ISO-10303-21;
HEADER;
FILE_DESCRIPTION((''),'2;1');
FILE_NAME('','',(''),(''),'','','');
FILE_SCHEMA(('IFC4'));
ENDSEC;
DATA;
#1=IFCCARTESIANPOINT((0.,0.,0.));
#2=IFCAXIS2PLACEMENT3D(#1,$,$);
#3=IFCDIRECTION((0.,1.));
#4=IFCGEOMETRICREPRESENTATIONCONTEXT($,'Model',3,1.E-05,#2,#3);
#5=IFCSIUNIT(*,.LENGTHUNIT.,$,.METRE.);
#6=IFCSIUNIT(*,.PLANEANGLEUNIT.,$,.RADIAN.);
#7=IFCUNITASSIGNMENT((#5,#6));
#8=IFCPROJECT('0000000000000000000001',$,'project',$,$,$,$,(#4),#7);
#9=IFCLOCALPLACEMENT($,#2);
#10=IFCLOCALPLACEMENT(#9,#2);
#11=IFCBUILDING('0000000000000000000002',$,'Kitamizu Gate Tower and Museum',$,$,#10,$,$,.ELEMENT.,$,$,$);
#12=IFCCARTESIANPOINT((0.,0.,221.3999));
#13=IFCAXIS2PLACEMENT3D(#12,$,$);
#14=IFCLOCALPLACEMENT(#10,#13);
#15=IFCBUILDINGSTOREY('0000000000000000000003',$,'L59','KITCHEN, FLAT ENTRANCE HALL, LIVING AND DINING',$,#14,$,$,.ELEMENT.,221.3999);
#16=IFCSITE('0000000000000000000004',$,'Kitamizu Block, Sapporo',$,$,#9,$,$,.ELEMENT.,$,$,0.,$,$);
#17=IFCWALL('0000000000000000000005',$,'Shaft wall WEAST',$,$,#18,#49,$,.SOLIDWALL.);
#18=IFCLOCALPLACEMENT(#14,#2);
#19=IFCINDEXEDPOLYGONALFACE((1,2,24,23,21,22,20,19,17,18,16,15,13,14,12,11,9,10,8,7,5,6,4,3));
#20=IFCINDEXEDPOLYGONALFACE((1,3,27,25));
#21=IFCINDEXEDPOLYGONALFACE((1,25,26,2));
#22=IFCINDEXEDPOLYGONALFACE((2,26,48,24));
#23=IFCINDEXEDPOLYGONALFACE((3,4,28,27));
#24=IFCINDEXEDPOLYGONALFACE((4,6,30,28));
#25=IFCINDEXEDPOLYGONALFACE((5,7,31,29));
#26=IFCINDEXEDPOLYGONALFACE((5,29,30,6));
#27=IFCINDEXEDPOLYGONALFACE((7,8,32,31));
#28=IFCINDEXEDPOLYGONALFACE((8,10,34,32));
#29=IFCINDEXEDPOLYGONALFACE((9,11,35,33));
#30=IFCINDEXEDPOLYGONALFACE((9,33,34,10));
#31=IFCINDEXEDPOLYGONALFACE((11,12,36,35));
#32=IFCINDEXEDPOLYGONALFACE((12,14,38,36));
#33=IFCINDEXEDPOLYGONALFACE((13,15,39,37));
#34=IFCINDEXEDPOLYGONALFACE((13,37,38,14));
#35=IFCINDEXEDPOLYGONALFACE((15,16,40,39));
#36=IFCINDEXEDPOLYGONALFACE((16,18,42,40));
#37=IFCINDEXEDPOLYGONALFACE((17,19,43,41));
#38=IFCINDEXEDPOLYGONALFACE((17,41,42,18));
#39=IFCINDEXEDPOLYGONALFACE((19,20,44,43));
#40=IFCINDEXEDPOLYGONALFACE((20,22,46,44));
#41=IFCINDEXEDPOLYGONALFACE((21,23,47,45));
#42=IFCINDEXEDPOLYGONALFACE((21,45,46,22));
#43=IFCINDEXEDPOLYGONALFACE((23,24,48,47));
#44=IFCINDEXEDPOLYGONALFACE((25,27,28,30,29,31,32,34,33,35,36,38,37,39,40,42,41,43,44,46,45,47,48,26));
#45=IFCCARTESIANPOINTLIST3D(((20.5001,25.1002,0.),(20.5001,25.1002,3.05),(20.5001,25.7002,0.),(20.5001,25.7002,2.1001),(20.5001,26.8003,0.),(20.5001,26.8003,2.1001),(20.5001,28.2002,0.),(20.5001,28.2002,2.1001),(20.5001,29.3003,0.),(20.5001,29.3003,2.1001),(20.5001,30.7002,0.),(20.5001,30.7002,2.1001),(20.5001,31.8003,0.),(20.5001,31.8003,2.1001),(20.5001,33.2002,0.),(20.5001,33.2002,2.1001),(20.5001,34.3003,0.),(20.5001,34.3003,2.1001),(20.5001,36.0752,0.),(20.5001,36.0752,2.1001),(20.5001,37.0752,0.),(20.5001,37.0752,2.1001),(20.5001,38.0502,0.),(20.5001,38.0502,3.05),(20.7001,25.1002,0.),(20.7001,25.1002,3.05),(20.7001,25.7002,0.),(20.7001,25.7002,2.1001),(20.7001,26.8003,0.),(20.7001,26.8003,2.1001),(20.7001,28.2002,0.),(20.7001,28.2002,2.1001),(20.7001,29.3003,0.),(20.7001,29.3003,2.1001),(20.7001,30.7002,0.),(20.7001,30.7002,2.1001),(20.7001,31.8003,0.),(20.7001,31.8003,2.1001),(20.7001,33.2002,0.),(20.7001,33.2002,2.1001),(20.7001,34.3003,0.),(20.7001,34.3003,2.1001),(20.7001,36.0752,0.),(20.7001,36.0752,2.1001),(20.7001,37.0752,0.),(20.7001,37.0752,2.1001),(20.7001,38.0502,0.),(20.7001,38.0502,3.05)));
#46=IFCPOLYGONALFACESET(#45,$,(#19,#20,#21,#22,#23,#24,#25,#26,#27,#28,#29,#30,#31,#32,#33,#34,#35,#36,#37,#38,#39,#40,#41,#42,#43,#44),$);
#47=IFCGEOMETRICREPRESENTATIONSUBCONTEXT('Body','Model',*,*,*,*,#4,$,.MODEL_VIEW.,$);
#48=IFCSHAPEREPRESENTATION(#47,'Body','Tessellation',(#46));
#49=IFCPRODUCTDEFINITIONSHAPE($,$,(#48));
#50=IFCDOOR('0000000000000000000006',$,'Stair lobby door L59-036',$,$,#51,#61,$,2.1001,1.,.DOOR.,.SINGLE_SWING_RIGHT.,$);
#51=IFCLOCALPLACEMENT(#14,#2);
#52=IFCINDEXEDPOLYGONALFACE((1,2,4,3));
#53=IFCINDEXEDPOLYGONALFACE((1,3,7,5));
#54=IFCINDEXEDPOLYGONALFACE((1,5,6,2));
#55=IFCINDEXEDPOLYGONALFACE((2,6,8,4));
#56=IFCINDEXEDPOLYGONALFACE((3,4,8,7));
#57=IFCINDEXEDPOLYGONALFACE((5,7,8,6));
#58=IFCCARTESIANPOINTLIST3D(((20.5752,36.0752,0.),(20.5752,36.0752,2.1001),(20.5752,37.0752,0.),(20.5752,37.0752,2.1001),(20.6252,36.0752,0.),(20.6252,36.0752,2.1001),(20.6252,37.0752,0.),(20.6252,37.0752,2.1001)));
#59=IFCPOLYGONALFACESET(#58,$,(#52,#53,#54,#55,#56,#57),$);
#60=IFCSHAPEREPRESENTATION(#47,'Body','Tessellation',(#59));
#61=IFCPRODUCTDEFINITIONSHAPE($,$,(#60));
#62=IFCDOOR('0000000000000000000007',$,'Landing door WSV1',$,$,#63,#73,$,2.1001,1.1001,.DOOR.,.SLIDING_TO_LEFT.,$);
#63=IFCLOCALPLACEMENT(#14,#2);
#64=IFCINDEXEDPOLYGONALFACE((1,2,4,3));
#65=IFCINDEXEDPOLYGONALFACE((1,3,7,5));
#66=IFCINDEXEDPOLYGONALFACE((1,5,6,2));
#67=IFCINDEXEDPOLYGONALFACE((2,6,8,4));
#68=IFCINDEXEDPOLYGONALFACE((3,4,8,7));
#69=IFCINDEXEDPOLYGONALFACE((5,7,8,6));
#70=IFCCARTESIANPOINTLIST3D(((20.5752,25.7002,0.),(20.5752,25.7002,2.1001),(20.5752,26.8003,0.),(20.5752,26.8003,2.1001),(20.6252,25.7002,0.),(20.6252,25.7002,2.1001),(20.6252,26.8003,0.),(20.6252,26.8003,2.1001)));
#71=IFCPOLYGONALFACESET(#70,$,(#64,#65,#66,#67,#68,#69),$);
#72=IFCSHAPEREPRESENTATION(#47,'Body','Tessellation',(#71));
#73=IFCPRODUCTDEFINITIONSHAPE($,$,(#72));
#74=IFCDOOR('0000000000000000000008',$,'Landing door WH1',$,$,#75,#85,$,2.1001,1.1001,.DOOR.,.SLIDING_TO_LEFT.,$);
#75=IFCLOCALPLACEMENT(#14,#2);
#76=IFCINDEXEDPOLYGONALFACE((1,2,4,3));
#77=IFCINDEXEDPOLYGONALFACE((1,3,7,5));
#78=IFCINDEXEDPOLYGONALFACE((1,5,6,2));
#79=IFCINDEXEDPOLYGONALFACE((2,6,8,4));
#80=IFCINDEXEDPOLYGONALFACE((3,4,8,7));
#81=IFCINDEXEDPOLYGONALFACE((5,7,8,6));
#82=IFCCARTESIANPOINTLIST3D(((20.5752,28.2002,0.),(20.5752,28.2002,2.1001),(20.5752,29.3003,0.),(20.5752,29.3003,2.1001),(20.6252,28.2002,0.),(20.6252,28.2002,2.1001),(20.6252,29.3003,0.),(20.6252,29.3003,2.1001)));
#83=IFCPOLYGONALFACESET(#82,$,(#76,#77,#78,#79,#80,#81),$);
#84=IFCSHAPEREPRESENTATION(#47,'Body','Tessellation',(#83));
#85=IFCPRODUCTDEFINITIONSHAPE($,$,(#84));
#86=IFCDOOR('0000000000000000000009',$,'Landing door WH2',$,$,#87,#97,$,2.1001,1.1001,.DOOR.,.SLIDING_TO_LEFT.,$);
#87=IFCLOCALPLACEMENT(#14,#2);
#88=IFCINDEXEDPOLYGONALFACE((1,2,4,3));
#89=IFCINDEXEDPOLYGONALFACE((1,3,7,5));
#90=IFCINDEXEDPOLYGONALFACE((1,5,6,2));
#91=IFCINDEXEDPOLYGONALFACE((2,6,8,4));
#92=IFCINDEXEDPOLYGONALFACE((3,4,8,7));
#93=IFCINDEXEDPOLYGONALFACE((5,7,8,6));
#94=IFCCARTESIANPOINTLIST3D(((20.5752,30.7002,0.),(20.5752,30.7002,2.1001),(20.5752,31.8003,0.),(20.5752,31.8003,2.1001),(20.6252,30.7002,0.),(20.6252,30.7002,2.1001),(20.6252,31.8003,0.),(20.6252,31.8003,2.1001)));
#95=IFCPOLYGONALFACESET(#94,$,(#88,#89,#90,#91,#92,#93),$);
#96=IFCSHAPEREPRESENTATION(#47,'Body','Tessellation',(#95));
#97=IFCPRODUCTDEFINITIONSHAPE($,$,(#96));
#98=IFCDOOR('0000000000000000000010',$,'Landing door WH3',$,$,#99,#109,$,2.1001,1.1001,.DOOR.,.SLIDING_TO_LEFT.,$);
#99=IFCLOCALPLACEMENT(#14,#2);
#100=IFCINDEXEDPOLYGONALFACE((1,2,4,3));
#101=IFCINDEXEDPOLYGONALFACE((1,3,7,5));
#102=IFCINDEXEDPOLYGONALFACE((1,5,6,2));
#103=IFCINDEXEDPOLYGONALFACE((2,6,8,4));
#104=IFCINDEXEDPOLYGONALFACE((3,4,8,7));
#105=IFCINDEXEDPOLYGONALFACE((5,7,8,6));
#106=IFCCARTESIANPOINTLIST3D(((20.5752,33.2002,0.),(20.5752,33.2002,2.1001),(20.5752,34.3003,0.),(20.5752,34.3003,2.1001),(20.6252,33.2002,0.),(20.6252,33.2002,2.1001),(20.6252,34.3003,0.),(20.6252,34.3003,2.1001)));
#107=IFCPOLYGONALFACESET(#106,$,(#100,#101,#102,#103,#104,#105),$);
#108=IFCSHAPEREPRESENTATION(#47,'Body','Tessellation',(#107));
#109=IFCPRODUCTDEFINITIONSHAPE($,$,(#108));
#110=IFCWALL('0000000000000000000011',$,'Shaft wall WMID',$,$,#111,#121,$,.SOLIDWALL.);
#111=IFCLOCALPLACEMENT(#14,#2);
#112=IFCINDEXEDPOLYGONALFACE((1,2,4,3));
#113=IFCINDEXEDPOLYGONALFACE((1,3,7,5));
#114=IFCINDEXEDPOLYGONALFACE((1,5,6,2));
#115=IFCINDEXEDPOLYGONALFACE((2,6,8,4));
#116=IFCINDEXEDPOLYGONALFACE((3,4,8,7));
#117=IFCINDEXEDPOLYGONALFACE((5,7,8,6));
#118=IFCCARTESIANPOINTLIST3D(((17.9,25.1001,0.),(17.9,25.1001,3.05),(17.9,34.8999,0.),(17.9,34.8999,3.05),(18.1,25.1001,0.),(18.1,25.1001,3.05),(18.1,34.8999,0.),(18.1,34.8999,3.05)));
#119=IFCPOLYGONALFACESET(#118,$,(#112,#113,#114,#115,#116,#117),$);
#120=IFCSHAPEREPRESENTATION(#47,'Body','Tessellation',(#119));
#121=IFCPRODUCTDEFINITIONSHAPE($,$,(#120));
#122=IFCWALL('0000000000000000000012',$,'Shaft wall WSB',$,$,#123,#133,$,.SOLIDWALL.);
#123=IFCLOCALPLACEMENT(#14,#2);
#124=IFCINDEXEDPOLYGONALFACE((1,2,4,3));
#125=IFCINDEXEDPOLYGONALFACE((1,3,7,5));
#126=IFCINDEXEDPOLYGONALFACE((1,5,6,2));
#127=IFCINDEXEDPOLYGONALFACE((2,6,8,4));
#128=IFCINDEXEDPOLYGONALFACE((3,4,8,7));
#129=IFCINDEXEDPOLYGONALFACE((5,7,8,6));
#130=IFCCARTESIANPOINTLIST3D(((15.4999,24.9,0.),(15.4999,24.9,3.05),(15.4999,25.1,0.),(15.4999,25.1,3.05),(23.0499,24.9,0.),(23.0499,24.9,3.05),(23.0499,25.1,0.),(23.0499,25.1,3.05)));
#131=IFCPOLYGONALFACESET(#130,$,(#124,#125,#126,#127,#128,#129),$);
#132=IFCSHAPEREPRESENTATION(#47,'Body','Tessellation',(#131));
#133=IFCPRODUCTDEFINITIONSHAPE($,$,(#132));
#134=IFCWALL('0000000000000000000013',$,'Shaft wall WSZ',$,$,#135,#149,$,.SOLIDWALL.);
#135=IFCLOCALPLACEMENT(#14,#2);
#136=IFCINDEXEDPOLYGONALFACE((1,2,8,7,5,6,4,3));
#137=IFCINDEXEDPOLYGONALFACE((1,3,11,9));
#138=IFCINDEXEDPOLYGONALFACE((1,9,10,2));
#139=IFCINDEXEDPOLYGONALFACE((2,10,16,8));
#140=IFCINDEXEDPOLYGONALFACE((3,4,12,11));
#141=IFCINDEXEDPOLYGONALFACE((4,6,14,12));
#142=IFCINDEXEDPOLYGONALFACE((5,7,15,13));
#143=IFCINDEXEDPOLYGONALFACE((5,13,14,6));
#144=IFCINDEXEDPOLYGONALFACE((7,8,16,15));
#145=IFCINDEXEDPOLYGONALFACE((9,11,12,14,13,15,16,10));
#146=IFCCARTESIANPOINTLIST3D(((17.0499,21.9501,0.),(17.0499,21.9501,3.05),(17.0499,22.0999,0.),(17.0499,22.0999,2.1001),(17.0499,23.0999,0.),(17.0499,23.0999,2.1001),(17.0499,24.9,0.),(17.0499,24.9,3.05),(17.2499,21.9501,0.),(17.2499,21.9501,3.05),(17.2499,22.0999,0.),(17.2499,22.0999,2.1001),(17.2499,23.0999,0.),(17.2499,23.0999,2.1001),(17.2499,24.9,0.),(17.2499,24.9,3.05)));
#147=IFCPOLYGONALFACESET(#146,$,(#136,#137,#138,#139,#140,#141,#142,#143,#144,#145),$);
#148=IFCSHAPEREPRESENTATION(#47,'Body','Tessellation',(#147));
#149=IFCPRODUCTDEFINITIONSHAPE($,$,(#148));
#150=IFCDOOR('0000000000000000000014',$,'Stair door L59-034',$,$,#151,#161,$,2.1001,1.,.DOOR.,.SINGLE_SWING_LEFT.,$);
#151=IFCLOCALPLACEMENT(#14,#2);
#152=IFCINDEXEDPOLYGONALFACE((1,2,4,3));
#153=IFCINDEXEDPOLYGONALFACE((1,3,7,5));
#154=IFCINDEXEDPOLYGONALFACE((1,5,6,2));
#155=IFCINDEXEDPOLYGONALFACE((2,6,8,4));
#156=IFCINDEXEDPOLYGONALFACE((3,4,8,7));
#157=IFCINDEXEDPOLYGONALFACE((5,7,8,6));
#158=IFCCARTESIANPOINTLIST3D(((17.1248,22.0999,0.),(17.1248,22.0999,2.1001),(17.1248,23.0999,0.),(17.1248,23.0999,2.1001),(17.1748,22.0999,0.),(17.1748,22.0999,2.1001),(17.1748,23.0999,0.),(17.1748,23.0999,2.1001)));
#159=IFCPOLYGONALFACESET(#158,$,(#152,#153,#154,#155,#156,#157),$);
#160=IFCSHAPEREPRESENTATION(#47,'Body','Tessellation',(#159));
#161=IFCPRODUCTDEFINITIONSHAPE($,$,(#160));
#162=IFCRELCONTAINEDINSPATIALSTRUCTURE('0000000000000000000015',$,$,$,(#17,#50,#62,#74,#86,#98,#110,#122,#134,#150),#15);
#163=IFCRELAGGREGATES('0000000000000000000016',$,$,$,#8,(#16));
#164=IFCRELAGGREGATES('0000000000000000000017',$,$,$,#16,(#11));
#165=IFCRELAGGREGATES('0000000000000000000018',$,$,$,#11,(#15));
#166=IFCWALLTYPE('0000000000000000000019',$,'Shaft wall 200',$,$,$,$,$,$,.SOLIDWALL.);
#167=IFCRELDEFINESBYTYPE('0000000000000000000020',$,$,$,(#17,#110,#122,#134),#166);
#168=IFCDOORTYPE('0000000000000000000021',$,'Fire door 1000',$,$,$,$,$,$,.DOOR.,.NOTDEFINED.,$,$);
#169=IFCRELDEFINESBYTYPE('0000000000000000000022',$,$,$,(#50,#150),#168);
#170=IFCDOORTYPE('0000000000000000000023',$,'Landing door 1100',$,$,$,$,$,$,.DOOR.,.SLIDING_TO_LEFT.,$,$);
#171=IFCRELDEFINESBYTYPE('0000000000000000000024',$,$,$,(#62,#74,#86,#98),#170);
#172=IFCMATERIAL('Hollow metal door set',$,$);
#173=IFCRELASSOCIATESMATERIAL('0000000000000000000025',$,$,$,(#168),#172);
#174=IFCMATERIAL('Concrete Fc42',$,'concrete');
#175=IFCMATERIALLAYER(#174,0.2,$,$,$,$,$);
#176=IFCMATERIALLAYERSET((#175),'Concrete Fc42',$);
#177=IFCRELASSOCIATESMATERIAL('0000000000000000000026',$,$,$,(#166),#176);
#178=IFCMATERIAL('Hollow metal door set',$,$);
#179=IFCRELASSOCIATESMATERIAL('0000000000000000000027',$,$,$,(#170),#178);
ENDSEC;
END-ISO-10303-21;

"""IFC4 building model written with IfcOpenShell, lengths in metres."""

from ifc_helpers import new_model, si_unit, direction, frame, frame_2d, origin, place, context, subcontext, project, spatial, rectangle, extrude, material, layer, layer_set, type_object, element, fill, save


model = new_model("IFC4")

# Units and contexts
model_context = context("Model", 3, precision=1e-05, world=origin(), true_north=direction((0.0, 1.0)))
body_context = subcontext(model_context, "Body", "Model", "MODEL_VIEW")
ifc_project = project(units=[si_unit("LENGTHUNIT", "METRE"), si_unit("PLANEANGLEUNIT", "RADIAN")], contexts=[model_context])

# Site, building, storey
site_placement = place(None, origin())
site = spatial("IfcSite", under=ifc_project, at=site_placement, Name="Kitamizu Block, Sapporo", CompositionType="ELEMENT", RefElevation=0.0)
building_placement = place(site_placement, origin())
building = spatial("IfcBuilding", under=site, at=building_placement, Name="Kitamizu Gate Tower and Museum", CompositionType="ELEMENT")
storey_placement = place(building_placement, frame((0.0, 0.0, 221.3999)))
storey = spatial("IfcBuildingStorey", under=building, at=storey_placement, Name="L59", Description="KITCHEN, FLAT ENTRANCE HALL, LIVING AND DINING", CompositionType="ELEMENT", Elevation=221.3999)

# Shared definitions
ifc_material_1 = material(Name="Hollow metal door set")
door_type_1 = type_object("IfcDoorType", Name="Fire door 1000", OperationType="NOTDEFINED", PredefinedType="DOOR", material=ifc_material_1)

# Wall, openings, doors
ifc_material_2 = material(Name="Concrete Fc42", Category="concrete")
ifc_layer_1 = layer(ifc_material_2, 0.2)
ifc_layer_set_1 = layer_set([ifc_layer_1], Name="Concrete Fc42")
wall_type_1 = type_object("IfcWallType", Name="Shaft wall 200", PredefinedType="SOLIDWALL", material=ifc_layer_set_1)
ifc_material_3 = material(Name="Hollow metal door set")
door_type_2 = type_object("IfcDoorType", Name="Landing door 1100", OperationType="SLIDING_TO_LEFT", PredefinedType="DOOR", material=ifc_material_3)
wall_1_placement = place(storey_placement, frame((20.6001, 25.1001, 0.0), z_axis=(0.0, 0.0, 1.0), x_axis=(0.0, 1.0, 0.0)))
wall_1 = element("IfcWall", 1, at=wall_1_placement, inside=storey, type_object=wall_type_1, Name="Shaft wall WEAST", PredefinedType="SOLIDWALL", context=body_context, shape_type="SweptSolid", body=[
    extrude(rectangle(XDim=12.95, YDim=0.2, at=frame_2d((6.4751, 0.0))), origin(), (0.0, 0.0, 1.0), 3.05),
])
opening_1_placement = place(wall_1_placement, frame((0.6001, 0.0, 0.0)))
opening_1 = element("IfcOpeningElement", 2, at=opening_1_placement, cuts=wall_1, PredefinedType="OPENING", context=body_context, shape_type="SweptSolid", body=[
    extrude(rectangle(XDim=1.1001, YDim=2.1001, at=frame_2d((0.55, 1.05))), frame((0.0, 0.1099, 0.0), z_axis=(0.0, -1.0, 0.0), x_axis=(1.0, 0.0, 0.0)), (0.0, 0.0, 1.0), 0.22),
])
opening_2_placement = place(wall_1_placement, frame((3.1001, 0.0, 0.0)))
opening_2 = element("IfcOpeningElement", 3, at=opening_2_placement, cuts=wall_1, PredefinedType="OPENING", context=body_context, shape_type="SweptSolid", body=[
    extrude(rectangle(XDim=1.1001, YDim=2.1001, at=frame_2d((0.55, 1.05))), frame((0.0, 0.1099, 0.0), z_axis=(0.0, -1.0, 0.0), x_axis=(1.0, 0.0, 0.0)), (0.0, 0.0, 1.0), 0.22),
])
opening_3_placement = place(wall_1_placement, frame((5.6001, 0.0, 0.0)))
opening_3 = element("IfcOpeningElement", 4, at=opening_3_placement, cuts=wall_1, PredefinedType="OPENING", context=body_context, shape_type="SweptSolid", body=[
    extrude(rectangle(XDim=1.1001, YDim=2.1001, at=frame_2d((0.55, 1.05))), frame((0.0, 0.1099, 0.0), z_axis=(0.0, -1.0, 0.0), x_axis=(1.0, 0.0, 0.0)), (0.0, 0.0, 1.0), 0.22),
])
opening_4_placement = place(wall_1_placement, frame((8.1001, 0.0, 0.0)))
opening_4 = element("IfcOpeningElement", 5, at=opening_4_placement, cuts=wall_1, PredefinedType="OPENING", context=body_context, shape_type="SweptSolid", body=[
    extrude(rectangle(XDim=1.1001, YDim=2.1001, at=frame_2d((0.55, 1.05))), frame((0.0, 0.1099, 0.0), z_axis=(0.0, -1.0, 0.0), x_axis=(1.0, 0.0, 0.0)), (0.0, 0.0, 1.0), 0.22),
])
opening_5_placement = place(wall_1_placement, frame((10.9751, 0.0, 0.0)))
opening_5 = element("IfcOpeningElement", 6, at=opening_5_placement, cuts=wall_1, PredefinedType="OPENING", context=body_context, shape_type="SweptSolid", body=[
    extrude(rectangle(XDim=1.0, YDim=2.1001, at=frame_2d((0.5, 1.05))), frame((0.0, 0.1099, 0.0), z_axis=(0.0, -1.0, 0.0), x_axis=(1.0, 0.0, 0.0)), (0.0, 0.0, 1.0), 0.22),
])
door_1_placement = place(opening_5_placement, origin())
door_1 = element("IfcDoor", 7, at=door_1_placement, inside=storey, type_object=door_type_1, Name="Stair lobby door L59-036", OperationType="SINGLE_SWING_RIGHT", OverallHeight=2.1001, OverallWidth=1.0, PredefinedType="DOOR", context=body_context, shape_type="SweptSolid", body=[
    extrude(rectangle(XDim=1.0, YDim=2.1001, at=frame_2d((0.5, 1.05))), frame((0.0, 0.0249, 0.0), z_axis=(0.0, -1.0, 0.0), x_axis=(1.0, 0.0, 0.0)), (0.0, 0.0, 1.0), 0.05),
])
fill(opening_5, door_1)
door_2_placement = place(opening_1_placement, origin())
door_2 = element("IfcDoor", 8, at=door_2_placement, inside=storey, type_object=door_type_2, Name="Landing door WSV1", OperationType="SLIDING_TO_LEFT", OverallHeight=2.1001, OverallWidth=1.1001, PredefinedType="DOOR", context=body_context, shape_type="SweptSolid", body=[
    extrude(rectangle(XDim=1.1001, YDim=2.1001, at=frame_2d((0.55, 1.05))), frame((0.0, 0.0249, 0.0), z_axis=(0.0, -1.0, 0.0), x_axis=(1.0, 0.0, 0.0)), (0.0, 0.0, 1.0), 0.05),
])
fill(opening_1, door_2)
door_3_placement = place(opening_2_placement, origin())
door_3 = element("IfcDoor", 9, at=door_3_placement, inside=storey, type_object=door_type_2, Name="Landing door WH1", OperationType="SLIDING_TO_LEFT", OverallHeight=2.1001, OverallWidth=1.1001, PredefinedType="DOOR", context=body_context, shape_type="SweptSolid", body=[
    extrude(rectangle(XDim=1.1001, YDim=2.1001, at=frame_2d((0.55, 1.05))), frame((0.0, 0.0249, 0.0), z_axis=(0.0, -1.0, 0.0), x_axis=(1.0, 0.0, 0.0)), (0.0, 0.0, 1.0), 0.05),
])
fill(opening_2, door_3)
door_4_placement = place(opening_3_placement, origin())
door_4 = element("IfcDoor", 10, at=door_4_placement, inside=storey, type_object=door_type_2, Name="Landing door WH2", OperationType="SLIDING_TO_LEFT", OverallHeight=2.1001, OverallWidth=1.1001, PredefinedType="DOOR", context=body_context, shape_type="SweptSolid", body=[
    extrude(rectangle(XDim=1.1001, YDim=2.1001, at=frame_2d((0.55, 1.05))), frame((0.0, 0.0249, 0.0), z_axis=(0.0, -1.0, 0.0), x_axis=(1.0, 0.0, 0.0)), (0.0, 0.0, 1.0), 0.05),
])
fill(opening_3, door_4)
door_5_placement = place(opening_4_placement, origin())
door_5 = element("IfcDoor", 11, at=door_5_placement, inside=storey, type_object=door_type_2, Name="Landing door WH3", OperationType="SLIDING_TO_LEFT", OverallHeight=2.1001, OverallWidth=1.1001, PredefinedType="DOOR", context=body_context, shape_type="SweptSolid", body=[
    extrude(rectangle(XDim=1.1001, YDim=2.1001, at=frame_2d((0.55, 1.05))), frame((0.0, 0.0249, 0.0), z_axis=(0.0, -1.0, 0.0), x_axis=(1.0, 0.0, 0.0)), (0.0, 0.0, 1.0), 0.05),
])
fill(opening_4, door_5)

# Walls
wall_2_placement = place(storey_placement, frame((18.0, 25.1001, 0.0), z_axis=(0.0, 0.0, 1.0), x_axis=(0.0, 1.0, 0.0)))
element("IfcWall", 12, at=wall_2_placement, inside=storey, type_object=wall_type_1, Name="Shaft wall WMID", PredefinedType="SOLIDWALL", context=body_context, shape_type="SweptSolid", body=[
    extrude(rectangle(XDim=9.7998, YDim=0.2, at=frame_2d((4.8999, 0.0))), origin(), (0.0, 0.0, 1.0), 3.05),
])
wall_3_placement = place(storey_placement, frame((15.5, 25.0, 0.0), z_axis=(0.0, 0.0, 1.0), x_axis=(1.0, 0.0, 0.0)))
element("IfcWall", 13, at=wall_3_placement, inside=storey, type_object=wall_type_1, Name="Shaft wall WSB", PredefinedType="SOLIDWALL", context=body_context, shape_type="SweptSolid", body=[
    extrude(rectangle(XDim=7.55, YDim=0.2, at=frame_2d((3.7749, 0.0))), origin(), (0.0, 0.0, 1.0), 3.05),
])

# Wall, opening, door
wall_4_placement = place(storey_placement, frame((17.1499, 21.95, 0.0), z_axis=(0.0, 0.0, 1.0), x_axis=(0.0, 1.0, 0.0)))
wall_4 = element("IfcWall", 14, at=wall_4_placement, inside=storey, type_object=wall_type_1, Name="Shaft wall WSZ", PredefinedType="SOLIDWALL", context=body_context, shape_type="SweptSolid", body=[
    extrude(rectangle(XDim=2.95, YDim=0.2, at=frame_2d((1.4751, 0.0))), origin(), (0.0, 0.0, 1.0), 3.05),
])
opening_6_placement = place(wall_4_placement, frame((0.1499, 0.0, 0.0)))
opening_6 = element("IfcOpeningElement", 15, at=opening_6_placement, cuts=wall_4, PredefinedType="OPENING", context=body_context, shape_type="SweptSolid", body=[
    extrude(rectangle(XDim=1.0, YDim=2.1001, at=frame_2d((0.5, 1.05))), frame((0.0, 0.1099, 0.0), z_axis=(0.0, -1.0, 0.0), x_axis=(1.0, 0.0, 0.0)), (0.0, 0.0, 1.0), 0.22),
])
door_6_placement = place(opening_6_placement, frame((1.0, 0.0, 0.0), x_axis=(-1.0, 0.0, 0.0)))
door_6 = element("IfcDoor", 16, at=door_6_placement, inside=storey, type_object=door_type_1, Name="Stair door L59-034", OperationType="SINGLE_SWING_LEFT", OverallHeight=2.1001, OverallWidth=1.0, PredefinedType="DOOR", context=body_context, shape_type="SweptSolid", body=[
    extrude(rectangle(XDim=1.0, YDim=2.1001, at=frame_2d((0.5, 1.05))), frame((0.0, 0.0249, 0.0), z_axis=(0.0, -1.0, 0.0), x_axis=(1.0, 0.0, 0.0)), (0.0, 0.0, 1.0), 0.05),
])
fill(opening_6, door_6)

save(model, "model.ifc")
